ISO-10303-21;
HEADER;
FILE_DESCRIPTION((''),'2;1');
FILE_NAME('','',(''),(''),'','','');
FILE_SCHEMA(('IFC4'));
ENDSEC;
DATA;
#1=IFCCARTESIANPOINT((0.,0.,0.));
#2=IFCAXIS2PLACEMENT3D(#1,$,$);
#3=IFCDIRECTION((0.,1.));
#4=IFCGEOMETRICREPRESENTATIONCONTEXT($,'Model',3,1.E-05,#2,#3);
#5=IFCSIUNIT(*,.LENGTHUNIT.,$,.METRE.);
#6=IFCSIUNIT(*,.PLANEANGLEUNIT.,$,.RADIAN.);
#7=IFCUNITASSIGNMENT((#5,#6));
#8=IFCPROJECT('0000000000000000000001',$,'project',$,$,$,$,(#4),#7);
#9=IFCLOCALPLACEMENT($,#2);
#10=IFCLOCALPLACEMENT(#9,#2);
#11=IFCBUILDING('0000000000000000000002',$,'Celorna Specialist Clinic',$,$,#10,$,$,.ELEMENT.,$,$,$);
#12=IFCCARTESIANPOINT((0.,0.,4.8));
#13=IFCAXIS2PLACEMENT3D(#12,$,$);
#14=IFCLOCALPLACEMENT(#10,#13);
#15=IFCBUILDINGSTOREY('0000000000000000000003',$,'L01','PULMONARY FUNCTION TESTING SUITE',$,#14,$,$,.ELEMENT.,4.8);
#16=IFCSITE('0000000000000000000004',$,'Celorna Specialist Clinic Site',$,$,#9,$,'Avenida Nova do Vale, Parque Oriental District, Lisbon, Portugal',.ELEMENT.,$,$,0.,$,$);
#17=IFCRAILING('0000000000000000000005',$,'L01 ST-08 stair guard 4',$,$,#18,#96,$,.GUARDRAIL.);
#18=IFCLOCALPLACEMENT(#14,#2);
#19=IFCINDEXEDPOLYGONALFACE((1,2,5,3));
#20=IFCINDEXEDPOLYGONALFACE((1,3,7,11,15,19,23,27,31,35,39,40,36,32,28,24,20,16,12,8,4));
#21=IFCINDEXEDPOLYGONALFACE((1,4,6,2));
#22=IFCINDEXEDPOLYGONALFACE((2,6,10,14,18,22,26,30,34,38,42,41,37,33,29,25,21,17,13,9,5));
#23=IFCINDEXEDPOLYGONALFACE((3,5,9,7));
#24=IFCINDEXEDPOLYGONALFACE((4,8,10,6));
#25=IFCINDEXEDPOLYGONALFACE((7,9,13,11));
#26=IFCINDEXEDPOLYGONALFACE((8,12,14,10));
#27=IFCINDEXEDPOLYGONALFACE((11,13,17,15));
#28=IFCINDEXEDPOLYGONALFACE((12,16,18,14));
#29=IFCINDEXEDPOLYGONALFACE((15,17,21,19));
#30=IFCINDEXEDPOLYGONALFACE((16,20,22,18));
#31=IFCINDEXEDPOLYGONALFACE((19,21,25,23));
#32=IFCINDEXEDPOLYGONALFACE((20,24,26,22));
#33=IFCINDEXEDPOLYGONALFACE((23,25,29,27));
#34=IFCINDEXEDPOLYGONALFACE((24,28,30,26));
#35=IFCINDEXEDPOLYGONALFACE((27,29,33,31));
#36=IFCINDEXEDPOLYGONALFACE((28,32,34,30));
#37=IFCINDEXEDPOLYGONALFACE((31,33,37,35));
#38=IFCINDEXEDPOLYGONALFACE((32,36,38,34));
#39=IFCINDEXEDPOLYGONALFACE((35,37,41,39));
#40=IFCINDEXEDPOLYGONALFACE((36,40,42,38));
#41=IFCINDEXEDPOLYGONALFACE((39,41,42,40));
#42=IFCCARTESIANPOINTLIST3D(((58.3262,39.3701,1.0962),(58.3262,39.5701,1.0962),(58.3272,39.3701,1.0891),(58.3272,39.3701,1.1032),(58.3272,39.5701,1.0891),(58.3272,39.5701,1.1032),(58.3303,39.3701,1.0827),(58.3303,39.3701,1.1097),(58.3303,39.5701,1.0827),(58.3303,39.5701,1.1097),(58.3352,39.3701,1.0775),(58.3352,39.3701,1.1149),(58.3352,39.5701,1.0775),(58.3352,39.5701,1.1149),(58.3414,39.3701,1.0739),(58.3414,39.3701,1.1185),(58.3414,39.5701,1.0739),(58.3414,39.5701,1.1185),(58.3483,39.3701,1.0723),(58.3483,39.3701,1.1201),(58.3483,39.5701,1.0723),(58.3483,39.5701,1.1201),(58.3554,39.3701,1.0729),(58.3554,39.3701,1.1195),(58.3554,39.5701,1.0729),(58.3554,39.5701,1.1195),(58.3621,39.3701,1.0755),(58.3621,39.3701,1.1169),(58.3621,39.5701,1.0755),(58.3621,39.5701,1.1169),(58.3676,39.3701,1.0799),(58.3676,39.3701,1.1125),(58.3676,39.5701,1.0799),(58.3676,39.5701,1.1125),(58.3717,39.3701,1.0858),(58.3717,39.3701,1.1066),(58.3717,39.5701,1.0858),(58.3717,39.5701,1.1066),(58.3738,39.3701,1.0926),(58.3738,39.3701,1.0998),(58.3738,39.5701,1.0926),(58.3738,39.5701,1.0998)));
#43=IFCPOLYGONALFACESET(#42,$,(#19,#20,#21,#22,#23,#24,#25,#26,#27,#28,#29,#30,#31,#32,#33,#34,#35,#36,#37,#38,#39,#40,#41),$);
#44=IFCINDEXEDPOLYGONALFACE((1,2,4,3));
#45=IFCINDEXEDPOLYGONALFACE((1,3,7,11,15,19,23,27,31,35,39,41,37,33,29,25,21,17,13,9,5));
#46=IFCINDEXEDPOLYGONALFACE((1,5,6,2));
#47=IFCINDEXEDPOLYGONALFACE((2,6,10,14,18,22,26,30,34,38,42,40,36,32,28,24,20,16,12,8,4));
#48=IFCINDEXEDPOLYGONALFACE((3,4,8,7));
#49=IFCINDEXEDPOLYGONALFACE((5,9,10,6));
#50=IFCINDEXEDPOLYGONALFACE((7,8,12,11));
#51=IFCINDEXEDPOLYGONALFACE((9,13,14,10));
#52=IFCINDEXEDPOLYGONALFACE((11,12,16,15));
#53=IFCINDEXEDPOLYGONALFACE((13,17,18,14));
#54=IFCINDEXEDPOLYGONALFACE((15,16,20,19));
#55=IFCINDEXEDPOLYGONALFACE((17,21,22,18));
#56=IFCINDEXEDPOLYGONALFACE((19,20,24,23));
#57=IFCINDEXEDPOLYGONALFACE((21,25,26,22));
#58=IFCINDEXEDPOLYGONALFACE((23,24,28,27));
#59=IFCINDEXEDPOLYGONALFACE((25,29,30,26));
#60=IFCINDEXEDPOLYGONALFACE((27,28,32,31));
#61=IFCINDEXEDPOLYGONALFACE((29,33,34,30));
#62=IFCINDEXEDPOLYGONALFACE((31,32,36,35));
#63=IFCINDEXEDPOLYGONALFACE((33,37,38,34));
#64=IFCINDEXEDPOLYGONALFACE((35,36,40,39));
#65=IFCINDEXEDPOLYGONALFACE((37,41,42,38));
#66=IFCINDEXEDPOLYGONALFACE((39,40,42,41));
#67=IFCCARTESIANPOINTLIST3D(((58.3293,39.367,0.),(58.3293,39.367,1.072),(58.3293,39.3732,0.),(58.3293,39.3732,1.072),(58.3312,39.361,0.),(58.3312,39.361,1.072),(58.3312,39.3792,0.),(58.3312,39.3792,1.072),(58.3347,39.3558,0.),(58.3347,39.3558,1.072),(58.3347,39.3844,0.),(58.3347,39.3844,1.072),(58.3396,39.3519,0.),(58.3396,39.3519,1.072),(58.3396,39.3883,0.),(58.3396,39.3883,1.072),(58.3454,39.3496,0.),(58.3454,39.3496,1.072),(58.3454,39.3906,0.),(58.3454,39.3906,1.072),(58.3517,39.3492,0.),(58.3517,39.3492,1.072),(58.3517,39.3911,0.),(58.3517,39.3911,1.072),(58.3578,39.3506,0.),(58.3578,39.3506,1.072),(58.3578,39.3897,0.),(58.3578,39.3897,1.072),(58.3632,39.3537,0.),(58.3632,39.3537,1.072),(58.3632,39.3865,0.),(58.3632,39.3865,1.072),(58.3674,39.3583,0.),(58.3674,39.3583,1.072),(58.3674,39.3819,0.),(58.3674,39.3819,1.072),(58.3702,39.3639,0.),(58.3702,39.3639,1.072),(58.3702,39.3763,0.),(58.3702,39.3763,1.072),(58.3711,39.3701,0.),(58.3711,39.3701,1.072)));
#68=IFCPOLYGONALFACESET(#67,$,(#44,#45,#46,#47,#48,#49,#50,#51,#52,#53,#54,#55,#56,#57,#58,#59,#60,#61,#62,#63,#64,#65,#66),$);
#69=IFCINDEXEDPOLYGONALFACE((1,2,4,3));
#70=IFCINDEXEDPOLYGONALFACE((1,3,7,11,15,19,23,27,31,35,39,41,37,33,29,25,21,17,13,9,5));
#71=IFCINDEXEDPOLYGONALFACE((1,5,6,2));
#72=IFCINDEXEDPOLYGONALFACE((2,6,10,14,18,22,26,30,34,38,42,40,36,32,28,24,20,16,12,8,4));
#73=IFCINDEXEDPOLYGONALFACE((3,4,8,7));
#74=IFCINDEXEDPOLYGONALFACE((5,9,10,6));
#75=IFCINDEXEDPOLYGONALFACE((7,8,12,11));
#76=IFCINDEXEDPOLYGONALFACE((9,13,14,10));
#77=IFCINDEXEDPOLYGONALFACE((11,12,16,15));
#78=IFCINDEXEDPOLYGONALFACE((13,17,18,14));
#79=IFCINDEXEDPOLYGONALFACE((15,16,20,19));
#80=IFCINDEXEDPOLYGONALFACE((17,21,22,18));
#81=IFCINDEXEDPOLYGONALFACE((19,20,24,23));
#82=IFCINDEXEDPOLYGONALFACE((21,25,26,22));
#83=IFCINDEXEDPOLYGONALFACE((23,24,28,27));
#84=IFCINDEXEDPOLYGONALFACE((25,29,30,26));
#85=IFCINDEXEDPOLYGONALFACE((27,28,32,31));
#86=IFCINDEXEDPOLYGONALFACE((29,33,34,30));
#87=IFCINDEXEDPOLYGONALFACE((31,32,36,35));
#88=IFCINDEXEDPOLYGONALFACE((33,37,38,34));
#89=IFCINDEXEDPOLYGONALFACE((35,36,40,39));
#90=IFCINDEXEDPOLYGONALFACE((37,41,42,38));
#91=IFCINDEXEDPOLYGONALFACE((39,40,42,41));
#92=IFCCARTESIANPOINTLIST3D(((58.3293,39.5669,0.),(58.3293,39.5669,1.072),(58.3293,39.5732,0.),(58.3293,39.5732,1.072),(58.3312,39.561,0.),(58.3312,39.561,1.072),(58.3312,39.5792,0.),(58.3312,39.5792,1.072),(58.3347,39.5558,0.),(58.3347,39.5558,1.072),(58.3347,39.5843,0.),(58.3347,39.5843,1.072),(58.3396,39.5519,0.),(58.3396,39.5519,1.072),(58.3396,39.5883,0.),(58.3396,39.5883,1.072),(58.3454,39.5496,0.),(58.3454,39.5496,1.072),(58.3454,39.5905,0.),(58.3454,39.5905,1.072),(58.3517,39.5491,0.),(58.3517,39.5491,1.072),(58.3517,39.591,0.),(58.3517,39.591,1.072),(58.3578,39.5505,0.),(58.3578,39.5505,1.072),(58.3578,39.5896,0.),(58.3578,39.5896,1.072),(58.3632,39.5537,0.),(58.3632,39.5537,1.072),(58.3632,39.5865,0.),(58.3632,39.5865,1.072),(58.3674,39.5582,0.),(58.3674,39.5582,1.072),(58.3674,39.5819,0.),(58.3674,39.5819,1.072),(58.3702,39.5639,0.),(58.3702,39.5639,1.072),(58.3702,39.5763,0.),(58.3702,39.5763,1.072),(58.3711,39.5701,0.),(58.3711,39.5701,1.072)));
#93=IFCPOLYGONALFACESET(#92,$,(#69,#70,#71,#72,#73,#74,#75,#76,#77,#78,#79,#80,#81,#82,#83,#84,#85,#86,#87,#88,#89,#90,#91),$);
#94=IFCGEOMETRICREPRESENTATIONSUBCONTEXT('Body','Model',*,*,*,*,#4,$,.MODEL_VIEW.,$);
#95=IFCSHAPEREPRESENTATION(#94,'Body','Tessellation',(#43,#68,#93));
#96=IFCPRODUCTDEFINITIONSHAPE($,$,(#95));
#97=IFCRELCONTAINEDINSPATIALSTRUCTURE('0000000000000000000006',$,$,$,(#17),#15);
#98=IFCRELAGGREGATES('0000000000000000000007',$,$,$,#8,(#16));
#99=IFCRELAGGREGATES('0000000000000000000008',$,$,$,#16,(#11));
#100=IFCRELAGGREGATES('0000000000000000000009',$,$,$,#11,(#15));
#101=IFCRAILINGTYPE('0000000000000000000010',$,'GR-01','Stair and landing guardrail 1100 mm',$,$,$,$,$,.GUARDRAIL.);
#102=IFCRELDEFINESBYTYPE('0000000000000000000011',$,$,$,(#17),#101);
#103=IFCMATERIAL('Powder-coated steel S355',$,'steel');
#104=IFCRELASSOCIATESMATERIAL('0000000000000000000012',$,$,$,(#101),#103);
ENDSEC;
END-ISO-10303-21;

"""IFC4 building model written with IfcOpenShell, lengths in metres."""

from ifc_helpers import new_model, si_unit, direction, frame, origin, origin_2d, place, context, subcontext, project, spatial, circle, extrude, material, type_object, element, save


model = new_model("IFC4")

# Units and contexts
model_context = context("Model", 3, precision=1e-05, world=origin(), true_north=direction((0.0, 1.0)))
body_context = subcontext(model_context, "Body", "Model", "MODEL_VIEW")
ifc_project = project(units=[si_unit("LENGTHUNIT", "METRE"), si_unit("PLANEANGLEUNIT", "RADIAN")], contexts=[model_context])

# Site, building, storey
site_placement = place(None, origin())
site = spatial("IfcSite", under=ifc_project, at=site_placement, Name="Celorna Specialist Clinic Site", LongName="Avenida Nova do Vale, Parque Oriental District, Lisbon, Portugal", CompositionType="ELEMENT", RefElevation=0.0)
building_placement = place(site_placement, origin())
building = spatial("IfcBuilding", under=site, at=building_placement, Name="Celorna Specialist Clinic", CompositionType="ELEMENT")
storey_placement = place(building_placement, frame((0.0, 0.0, 4.8)))
storey = spatial("IfcBuildingStorey", under=building, at=storey_placement, Name="L01", Description="PULMONARY FUNCTION TESTING SUITE", CompositionType="ELEMENT", Elevation=4.8)

# Railing
ifc_material_1 = material(Name="Powder-coated steel S355", Category="steel")
railing_type_1 = type_object("IfcRailingType", Name="GR-01", Description="Stair and landing guardrail 1100 mm", PredefinedType="GUARDRAIL", material=ifc_material_1)
railing_1_placement = place(storey_placement, frame((58.3501, 39.3701, 0.0)))
element("IfcRailing", 1, at=railing_1_placement, inside=storey, type_object=railing_type_1, Name="L01 ST-08 stair guard 4", PredefinedType="GUARDRAIL", context=body_context, shape_type="SweptSolid", body=[
    extrude(circle(Radius=0.0239, at=origin_2d()), frame((0.0, 0.0, 1.0962), z_axis=(0.0, 1.0, 0.0), x_axis=(-1.0, 0.0, 0.0)), (0.0, 0.0, 1.0), 0.2),
    extrude(circle(Radius=0.021, at=origin_2d()), origin(), (0.0, 0.0, 1.0), 1.072),
    extrude(circle(Radius=0.021, at=origin_2d()), frame((0.0, 0.2, 0.0)), (0.0, 0.0, 1.0), 1.072),
])

save(model, "model.ifc")
